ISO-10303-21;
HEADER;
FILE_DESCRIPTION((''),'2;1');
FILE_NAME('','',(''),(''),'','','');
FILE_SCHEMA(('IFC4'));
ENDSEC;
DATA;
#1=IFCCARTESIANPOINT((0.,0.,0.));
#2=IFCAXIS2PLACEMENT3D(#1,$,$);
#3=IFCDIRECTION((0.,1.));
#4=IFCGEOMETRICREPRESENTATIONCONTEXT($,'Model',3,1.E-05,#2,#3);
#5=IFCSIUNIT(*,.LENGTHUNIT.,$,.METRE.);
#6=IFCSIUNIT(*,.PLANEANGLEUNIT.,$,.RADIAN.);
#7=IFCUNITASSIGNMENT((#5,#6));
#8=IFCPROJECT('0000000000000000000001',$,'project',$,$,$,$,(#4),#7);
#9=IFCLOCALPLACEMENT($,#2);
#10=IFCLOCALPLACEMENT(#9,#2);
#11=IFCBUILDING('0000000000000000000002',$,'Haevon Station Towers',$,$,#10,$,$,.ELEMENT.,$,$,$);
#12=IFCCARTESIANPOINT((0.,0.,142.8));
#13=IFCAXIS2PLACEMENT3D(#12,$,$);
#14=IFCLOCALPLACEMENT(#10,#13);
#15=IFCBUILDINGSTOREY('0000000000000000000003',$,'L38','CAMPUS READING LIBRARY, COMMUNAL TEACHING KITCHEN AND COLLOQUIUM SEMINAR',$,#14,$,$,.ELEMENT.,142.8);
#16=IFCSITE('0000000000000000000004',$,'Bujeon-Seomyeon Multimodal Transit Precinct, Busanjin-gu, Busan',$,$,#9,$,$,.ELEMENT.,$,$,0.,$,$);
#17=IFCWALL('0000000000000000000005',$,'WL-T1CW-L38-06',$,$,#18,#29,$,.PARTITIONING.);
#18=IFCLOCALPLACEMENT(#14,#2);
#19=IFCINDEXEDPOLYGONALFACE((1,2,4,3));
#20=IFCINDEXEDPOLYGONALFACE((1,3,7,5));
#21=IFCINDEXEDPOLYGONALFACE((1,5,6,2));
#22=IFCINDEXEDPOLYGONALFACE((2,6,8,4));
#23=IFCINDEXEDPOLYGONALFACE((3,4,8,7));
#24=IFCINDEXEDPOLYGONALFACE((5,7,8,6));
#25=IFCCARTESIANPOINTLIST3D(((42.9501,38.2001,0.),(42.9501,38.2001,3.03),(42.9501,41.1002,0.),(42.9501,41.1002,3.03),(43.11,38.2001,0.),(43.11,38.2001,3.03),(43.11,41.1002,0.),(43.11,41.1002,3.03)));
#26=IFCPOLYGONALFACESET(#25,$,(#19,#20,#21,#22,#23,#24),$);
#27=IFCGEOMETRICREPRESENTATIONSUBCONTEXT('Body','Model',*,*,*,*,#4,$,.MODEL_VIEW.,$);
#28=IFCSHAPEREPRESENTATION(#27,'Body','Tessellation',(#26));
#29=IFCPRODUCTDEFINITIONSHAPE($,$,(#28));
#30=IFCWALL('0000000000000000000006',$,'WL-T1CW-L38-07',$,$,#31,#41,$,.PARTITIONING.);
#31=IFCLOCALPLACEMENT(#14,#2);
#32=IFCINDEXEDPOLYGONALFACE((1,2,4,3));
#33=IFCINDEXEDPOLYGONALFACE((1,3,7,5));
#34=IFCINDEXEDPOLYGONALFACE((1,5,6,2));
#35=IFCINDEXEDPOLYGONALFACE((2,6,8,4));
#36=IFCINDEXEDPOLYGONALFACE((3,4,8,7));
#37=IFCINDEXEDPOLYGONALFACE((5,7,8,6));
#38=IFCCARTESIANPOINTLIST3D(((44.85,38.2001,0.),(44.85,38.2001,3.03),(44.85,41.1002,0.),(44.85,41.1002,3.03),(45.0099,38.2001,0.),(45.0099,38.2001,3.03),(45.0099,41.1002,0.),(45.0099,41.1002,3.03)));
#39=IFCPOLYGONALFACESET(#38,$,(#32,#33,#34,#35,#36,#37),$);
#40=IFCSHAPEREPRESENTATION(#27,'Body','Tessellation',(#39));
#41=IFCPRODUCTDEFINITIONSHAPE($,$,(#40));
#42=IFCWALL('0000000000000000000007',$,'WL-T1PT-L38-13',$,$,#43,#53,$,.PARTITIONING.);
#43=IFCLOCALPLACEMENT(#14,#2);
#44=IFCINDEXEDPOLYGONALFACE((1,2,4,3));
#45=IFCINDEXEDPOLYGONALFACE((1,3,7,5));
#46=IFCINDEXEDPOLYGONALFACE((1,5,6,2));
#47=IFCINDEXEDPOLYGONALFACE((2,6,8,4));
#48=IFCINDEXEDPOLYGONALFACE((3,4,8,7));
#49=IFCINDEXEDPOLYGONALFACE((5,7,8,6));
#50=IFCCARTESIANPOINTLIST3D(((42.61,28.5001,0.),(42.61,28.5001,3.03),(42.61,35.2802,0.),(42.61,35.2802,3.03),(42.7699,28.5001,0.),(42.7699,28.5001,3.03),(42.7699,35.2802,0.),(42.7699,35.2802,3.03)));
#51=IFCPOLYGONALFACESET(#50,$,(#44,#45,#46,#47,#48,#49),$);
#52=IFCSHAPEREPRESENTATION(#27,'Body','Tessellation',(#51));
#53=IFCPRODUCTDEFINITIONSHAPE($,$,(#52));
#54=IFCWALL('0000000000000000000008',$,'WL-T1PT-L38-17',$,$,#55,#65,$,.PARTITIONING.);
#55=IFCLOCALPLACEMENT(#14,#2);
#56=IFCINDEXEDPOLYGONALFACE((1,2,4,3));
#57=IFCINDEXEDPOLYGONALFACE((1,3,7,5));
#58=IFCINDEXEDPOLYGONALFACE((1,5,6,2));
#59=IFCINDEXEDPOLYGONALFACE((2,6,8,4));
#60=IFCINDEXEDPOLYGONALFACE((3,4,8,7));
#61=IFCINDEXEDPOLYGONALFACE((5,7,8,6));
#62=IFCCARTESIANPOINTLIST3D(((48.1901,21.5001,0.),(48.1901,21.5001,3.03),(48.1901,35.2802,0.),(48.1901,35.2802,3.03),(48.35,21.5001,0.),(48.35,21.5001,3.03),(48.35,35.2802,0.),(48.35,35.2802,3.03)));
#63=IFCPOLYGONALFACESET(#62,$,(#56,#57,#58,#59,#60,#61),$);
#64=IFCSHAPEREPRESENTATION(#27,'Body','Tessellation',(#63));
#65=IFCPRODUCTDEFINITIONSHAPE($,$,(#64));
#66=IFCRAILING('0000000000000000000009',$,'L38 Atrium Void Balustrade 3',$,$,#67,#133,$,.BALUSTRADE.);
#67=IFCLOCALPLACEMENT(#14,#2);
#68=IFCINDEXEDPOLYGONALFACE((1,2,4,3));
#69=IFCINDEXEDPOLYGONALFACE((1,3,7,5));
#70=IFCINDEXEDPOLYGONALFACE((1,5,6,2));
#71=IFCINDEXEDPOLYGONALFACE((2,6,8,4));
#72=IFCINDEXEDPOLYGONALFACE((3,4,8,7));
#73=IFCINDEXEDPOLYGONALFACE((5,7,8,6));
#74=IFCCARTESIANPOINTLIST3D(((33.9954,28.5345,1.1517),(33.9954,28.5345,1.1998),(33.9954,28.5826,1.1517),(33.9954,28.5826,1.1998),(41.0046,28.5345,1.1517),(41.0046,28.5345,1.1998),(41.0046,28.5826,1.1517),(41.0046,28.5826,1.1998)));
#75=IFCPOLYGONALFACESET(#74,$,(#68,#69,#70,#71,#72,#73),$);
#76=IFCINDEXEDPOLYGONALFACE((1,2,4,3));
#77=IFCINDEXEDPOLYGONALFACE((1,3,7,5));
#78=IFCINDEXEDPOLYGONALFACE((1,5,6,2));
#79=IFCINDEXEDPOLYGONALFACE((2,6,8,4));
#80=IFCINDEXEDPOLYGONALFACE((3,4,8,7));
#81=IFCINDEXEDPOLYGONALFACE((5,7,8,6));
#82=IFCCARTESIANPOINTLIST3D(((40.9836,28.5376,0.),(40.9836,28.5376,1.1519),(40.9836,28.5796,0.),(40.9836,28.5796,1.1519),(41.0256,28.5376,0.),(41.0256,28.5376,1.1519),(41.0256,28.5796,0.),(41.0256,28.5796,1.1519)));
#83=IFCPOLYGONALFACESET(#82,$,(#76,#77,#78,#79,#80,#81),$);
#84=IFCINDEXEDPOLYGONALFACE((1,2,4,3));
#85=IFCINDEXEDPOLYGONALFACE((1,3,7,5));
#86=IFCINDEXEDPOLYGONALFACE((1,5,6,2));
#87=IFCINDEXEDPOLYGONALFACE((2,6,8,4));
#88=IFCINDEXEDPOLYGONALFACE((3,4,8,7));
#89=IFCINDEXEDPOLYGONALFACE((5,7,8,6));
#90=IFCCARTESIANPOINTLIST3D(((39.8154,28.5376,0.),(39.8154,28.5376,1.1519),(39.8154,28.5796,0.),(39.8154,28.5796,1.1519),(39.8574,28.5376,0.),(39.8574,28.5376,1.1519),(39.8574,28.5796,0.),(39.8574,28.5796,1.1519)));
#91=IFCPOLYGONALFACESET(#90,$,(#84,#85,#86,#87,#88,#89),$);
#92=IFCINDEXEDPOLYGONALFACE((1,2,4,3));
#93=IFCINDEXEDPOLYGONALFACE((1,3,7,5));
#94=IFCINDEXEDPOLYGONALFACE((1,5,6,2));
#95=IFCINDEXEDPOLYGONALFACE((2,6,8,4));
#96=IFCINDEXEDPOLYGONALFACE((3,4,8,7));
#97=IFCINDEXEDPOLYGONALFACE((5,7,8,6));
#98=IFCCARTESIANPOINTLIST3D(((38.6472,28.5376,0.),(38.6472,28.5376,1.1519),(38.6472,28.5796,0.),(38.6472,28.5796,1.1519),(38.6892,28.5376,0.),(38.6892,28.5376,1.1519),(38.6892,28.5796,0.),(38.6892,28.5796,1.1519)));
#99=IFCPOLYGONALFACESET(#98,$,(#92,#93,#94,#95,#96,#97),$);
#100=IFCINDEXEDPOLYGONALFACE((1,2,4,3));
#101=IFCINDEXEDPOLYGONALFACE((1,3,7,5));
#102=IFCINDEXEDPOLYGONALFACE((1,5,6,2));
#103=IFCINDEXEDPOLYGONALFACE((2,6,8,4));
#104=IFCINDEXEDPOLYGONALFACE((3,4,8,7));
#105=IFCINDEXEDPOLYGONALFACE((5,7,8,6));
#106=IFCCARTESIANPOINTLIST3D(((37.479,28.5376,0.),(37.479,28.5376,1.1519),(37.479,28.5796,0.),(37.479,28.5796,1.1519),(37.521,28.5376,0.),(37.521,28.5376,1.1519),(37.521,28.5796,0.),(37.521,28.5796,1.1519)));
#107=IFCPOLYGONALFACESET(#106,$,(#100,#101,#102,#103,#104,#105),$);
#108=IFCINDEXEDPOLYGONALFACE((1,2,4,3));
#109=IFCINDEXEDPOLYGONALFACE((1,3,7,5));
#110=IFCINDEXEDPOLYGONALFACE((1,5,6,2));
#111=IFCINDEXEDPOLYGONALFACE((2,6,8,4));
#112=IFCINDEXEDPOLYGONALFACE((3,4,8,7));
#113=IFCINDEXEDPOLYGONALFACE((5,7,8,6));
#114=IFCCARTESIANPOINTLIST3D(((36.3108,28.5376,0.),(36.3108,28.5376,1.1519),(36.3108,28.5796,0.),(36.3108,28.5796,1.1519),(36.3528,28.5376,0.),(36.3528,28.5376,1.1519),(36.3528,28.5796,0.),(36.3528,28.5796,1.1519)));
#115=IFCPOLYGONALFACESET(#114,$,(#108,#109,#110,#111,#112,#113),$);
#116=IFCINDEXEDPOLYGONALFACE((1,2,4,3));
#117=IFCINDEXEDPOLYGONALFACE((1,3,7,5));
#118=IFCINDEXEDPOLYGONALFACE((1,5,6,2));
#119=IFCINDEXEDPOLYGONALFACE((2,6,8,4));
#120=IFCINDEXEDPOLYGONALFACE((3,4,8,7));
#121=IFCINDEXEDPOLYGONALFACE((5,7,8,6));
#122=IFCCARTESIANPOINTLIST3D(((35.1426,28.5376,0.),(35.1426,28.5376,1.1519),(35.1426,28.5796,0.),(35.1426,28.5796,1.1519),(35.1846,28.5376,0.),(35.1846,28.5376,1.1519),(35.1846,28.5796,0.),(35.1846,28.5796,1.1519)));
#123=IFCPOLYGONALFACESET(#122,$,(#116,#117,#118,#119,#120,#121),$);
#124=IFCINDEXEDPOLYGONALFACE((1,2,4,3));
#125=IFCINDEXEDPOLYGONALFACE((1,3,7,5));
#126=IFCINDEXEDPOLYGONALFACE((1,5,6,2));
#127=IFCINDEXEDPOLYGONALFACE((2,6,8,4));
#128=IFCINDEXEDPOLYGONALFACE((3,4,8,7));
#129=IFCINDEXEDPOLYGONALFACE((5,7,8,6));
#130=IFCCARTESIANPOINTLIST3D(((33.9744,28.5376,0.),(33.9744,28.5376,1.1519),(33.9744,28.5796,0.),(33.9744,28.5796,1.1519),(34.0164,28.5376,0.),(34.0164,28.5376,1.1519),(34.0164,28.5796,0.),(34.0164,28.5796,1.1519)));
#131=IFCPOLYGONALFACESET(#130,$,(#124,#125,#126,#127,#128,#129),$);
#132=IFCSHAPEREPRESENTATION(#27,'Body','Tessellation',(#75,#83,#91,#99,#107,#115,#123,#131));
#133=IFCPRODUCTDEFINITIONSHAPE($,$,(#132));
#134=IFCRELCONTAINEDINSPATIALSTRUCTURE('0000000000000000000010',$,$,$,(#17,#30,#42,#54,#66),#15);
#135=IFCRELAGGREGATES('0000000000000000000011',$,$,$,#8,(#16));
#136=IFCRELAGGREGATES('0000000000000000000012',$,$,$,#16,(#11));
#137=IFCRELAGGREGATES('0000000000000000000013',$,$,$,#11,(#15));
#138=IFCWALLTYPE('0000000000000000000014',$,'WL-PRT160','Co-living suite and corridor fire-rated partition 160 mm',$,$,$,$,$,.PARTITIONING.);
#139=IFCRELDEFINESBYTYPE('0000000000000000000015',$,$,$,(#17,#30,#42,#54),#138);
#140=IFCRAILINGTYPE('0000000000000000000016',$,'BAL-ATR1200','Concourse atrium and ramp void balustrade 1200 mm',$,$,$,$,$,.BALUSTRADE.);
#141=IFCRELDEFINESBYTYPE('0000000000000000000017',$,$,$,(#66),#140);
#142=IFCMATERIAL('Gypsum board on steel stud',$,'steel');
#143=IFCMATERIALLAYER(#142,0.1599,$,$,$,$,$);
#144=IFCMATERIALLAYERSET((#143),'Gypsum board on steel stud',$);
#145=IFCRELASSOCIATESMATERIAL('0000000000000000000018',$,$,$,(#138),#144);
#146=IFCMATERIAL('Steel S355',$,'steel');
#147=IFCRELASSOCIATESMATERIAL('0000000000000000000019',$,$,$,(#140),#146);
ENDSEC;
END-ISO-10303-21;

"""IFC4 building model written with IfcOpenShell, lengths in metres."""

from ifc_helpers import new_model, si_unit, direction, frame, frame_2d, origin, origin_2d, place, context, subcontext, project, spatial, rectangle, extrude, material, layer, layer_set, type_object, element, save


model = new_model("IFC4")

# Units and contexts
model_context = context("Model", 3, precision=1e-05, world=origin(), true_north=direction((0.0, 1.0)))
body_context = subcontext(model_context, "Body", "Model", "MODEL_VIEW")
ifc_project = project(units=[si_unit("LENGTHUNIT", "METRE"), si_unit("PLANEANGLEUNIT", "RADIAN")], contexts=[model_context])

# Site, building, storey
site_placement = place(None, origin())
site = spatial("IfcSite", under=ifc_project, at=site_placement, Name="Bujeon-Seomyeon Multimodal Transit Precinct, Busanjin-gu, Busan", CompositionType="ELEMENT", RefElevation=0.0)
building_placement = place(site_placement, origin())
building = spatial("IfcBuilding", under=site, at=building_placement, Name="Haevon Station Towers", CompositionType="ELEMENT")
storey_placement = place(building_placement, frame((0.0, 0.0, 142.8)))
storey = spatial("IfcBuildingStorey", under=building, at=storey_placement, Name="L38", Description="CAMPUS READING LIBRARY, COMMUNAL TEACHING KITCHEN AND COLLOQUIUM SEMINAR", CompositionType="ELEMENT", Elevation=142.8)

# Shared definitions
ifc_material_1 = material(Name="Steel S355", Category="steel")

# Shared definitions
ifc_material_2 = material(Name="Gypsum board on steel stud", Category="steel")

# Walls
ifc_layer_1 = layer(ifc_material_2, 0.1599)
ifc_layer_set_1 = layer_set([ifc_layer_1], Name="Gypsum board on steel stud")
wall_type_1 = type_object("IfcWallType", Name="WL-PRT160", Description="Co-living suite and corridor fire-rated partition 160 mm", PredefinedType="PARTITIONING", material=ifc_layer_set_1)
for number, where, z_axis, x_axis, name in (
    (1, (43.03, 38.2, 0.0), (0.0, 0.0, 1.0), (0.0, 1.0, 0.0), "WL-T1CW-L38-06"),
    (2, (44.9299, 38.2, 0.0), (0.0, 0.0, 1.0), (0.0, 1.0, 0.0), "WL-T1CW-L38-07"),
):
    element("IfcWall", number, at=place(storey_placement, frame(where, z_axis=z_axis, x_axis=x_axis)), inside=storey, type_object=wall_type_1, Name=name, PredefinedType="PARTITIONING", context=body_context, shape_type="SweptSolid", body=[
        extrude(rectangle(XDim=2.9001, YDim=0.1599, at=frame_2d((1.4502, 0.0))), origin(), (0.0, 0.0, 1.0), 3.03),
    ])
wall_1_placement = place(storey_placement, frame((42.6899, 28.5, 0.0), z_axis=(0.0, 0.0, 1.0), x_axis=(0.0, 1.0, 0.0)))
element("IfcWall", 3, at=wall_1_placement, inside=storey, type_object=wall_type_1, Name="WL-T1PT-L38-13", PredefinedType="PARTITIONING", context=body_context, shape_type="SweptSolid", body=[
    extrude(rectangle(XDim=6.78, YDim=0.1599, at=frame_2d((3.3901, 0.0))), origin(), (0.0, 0.0, 1.0), 3.03),
])
wall_2_placement = place(storey_placement, frame((48.27, 21.5, 0.0), z_axis=(0.0, 0.0, 1.0), x_axis=(0.0, 1.0, 0.0)))
element("IfcWall", 4, at=wall_2_placement, inside=storey, type_object=wall_type_1, Name="WL-T1PT-L38-17", PredefinedType="PARTITIONING", context=body_context, shape_type="SweptSolid", body=[
    extrude(rectangle(XDim=13.78, YDim=0.1599, at=frame_2d((6.8901, 0.0))), origin(), (0.0, 0.0, 1.0), 3.03),
])

# Railing
railing_type = type_object("IfcRailingType", Name="BAL-ATR1200", Description="Concourse atrium and ramp void balustrade 1200 mm", PredefinedType="BALUSTRADE", material=ifc_material_1)
railing_placement = place(storey_placement, frame((41.0046, 28.5586, 0.0)))
element("IfcRailing", 5, at=railing_placement, inside=storey, type_object=railing_type, Name="L38 Atrium Void Balustrade 3", PredefinedType="BALUSTRADE", context=body_context, shape_type="SweptSolid", body=[
    extrude(rectangle(XDim=0.0481, YDim=0.0481, at=origin_2d()), frame((0.0, 0.0, 1.1758), z_axis=(-1.0, 0.0, 0.0), x_axis=(0.0, -1.0, 0.0)), (0.0, 0.0, 1.0), 7.0093),
    extrude(rectangle(XDim=0.042, YDim=0.042, at=origin_2d()), origin(), (0.0, 0.0, 1.0), 1.1519),
    extrude(rectangle(XDim=0.042, YDim=0.042, at=origin_2d()), frame((-1.1682, 0.0, 0.0)), (0.0, 0.0, 1.0), 1.1519),
    extrude(rectangle(XDim=0.042, YDim=0.042, at=origin_2d()), frame((-2.3364, 0.0, 0.0)), (0.0, 0.0, 1.0), 1.1519),
    extrude(rectangle(XDim=0.042, YDim=0.042, at=origin_2d()), frame((-3.5046, 0.0, 0.0)), (0.0, 0.0, 1.0), 1.1519),
    extrude(rectangle(XDim=0.042, YDim=0.042, at=origin_2d()), frame((-4.6729, 0.0, 0.0)), (0.0, 0.0, 1.0), 1.1519),
    extrude(rectangle(XDim=0.042, YDim=0.042, at=origin_2d()), frame((-5.8411, 0.0, 0.0)), (0.0, 0.0, 1.0), 1.1519),
    extrude(rectangle(XDim=0.042, YDim=0.042, at=origin_2d()), frame((-7.0093, 0.0, 0.0)), (0.0, 0.0, 1.0), 1.1519),
])

save(model, "model.ifc")
